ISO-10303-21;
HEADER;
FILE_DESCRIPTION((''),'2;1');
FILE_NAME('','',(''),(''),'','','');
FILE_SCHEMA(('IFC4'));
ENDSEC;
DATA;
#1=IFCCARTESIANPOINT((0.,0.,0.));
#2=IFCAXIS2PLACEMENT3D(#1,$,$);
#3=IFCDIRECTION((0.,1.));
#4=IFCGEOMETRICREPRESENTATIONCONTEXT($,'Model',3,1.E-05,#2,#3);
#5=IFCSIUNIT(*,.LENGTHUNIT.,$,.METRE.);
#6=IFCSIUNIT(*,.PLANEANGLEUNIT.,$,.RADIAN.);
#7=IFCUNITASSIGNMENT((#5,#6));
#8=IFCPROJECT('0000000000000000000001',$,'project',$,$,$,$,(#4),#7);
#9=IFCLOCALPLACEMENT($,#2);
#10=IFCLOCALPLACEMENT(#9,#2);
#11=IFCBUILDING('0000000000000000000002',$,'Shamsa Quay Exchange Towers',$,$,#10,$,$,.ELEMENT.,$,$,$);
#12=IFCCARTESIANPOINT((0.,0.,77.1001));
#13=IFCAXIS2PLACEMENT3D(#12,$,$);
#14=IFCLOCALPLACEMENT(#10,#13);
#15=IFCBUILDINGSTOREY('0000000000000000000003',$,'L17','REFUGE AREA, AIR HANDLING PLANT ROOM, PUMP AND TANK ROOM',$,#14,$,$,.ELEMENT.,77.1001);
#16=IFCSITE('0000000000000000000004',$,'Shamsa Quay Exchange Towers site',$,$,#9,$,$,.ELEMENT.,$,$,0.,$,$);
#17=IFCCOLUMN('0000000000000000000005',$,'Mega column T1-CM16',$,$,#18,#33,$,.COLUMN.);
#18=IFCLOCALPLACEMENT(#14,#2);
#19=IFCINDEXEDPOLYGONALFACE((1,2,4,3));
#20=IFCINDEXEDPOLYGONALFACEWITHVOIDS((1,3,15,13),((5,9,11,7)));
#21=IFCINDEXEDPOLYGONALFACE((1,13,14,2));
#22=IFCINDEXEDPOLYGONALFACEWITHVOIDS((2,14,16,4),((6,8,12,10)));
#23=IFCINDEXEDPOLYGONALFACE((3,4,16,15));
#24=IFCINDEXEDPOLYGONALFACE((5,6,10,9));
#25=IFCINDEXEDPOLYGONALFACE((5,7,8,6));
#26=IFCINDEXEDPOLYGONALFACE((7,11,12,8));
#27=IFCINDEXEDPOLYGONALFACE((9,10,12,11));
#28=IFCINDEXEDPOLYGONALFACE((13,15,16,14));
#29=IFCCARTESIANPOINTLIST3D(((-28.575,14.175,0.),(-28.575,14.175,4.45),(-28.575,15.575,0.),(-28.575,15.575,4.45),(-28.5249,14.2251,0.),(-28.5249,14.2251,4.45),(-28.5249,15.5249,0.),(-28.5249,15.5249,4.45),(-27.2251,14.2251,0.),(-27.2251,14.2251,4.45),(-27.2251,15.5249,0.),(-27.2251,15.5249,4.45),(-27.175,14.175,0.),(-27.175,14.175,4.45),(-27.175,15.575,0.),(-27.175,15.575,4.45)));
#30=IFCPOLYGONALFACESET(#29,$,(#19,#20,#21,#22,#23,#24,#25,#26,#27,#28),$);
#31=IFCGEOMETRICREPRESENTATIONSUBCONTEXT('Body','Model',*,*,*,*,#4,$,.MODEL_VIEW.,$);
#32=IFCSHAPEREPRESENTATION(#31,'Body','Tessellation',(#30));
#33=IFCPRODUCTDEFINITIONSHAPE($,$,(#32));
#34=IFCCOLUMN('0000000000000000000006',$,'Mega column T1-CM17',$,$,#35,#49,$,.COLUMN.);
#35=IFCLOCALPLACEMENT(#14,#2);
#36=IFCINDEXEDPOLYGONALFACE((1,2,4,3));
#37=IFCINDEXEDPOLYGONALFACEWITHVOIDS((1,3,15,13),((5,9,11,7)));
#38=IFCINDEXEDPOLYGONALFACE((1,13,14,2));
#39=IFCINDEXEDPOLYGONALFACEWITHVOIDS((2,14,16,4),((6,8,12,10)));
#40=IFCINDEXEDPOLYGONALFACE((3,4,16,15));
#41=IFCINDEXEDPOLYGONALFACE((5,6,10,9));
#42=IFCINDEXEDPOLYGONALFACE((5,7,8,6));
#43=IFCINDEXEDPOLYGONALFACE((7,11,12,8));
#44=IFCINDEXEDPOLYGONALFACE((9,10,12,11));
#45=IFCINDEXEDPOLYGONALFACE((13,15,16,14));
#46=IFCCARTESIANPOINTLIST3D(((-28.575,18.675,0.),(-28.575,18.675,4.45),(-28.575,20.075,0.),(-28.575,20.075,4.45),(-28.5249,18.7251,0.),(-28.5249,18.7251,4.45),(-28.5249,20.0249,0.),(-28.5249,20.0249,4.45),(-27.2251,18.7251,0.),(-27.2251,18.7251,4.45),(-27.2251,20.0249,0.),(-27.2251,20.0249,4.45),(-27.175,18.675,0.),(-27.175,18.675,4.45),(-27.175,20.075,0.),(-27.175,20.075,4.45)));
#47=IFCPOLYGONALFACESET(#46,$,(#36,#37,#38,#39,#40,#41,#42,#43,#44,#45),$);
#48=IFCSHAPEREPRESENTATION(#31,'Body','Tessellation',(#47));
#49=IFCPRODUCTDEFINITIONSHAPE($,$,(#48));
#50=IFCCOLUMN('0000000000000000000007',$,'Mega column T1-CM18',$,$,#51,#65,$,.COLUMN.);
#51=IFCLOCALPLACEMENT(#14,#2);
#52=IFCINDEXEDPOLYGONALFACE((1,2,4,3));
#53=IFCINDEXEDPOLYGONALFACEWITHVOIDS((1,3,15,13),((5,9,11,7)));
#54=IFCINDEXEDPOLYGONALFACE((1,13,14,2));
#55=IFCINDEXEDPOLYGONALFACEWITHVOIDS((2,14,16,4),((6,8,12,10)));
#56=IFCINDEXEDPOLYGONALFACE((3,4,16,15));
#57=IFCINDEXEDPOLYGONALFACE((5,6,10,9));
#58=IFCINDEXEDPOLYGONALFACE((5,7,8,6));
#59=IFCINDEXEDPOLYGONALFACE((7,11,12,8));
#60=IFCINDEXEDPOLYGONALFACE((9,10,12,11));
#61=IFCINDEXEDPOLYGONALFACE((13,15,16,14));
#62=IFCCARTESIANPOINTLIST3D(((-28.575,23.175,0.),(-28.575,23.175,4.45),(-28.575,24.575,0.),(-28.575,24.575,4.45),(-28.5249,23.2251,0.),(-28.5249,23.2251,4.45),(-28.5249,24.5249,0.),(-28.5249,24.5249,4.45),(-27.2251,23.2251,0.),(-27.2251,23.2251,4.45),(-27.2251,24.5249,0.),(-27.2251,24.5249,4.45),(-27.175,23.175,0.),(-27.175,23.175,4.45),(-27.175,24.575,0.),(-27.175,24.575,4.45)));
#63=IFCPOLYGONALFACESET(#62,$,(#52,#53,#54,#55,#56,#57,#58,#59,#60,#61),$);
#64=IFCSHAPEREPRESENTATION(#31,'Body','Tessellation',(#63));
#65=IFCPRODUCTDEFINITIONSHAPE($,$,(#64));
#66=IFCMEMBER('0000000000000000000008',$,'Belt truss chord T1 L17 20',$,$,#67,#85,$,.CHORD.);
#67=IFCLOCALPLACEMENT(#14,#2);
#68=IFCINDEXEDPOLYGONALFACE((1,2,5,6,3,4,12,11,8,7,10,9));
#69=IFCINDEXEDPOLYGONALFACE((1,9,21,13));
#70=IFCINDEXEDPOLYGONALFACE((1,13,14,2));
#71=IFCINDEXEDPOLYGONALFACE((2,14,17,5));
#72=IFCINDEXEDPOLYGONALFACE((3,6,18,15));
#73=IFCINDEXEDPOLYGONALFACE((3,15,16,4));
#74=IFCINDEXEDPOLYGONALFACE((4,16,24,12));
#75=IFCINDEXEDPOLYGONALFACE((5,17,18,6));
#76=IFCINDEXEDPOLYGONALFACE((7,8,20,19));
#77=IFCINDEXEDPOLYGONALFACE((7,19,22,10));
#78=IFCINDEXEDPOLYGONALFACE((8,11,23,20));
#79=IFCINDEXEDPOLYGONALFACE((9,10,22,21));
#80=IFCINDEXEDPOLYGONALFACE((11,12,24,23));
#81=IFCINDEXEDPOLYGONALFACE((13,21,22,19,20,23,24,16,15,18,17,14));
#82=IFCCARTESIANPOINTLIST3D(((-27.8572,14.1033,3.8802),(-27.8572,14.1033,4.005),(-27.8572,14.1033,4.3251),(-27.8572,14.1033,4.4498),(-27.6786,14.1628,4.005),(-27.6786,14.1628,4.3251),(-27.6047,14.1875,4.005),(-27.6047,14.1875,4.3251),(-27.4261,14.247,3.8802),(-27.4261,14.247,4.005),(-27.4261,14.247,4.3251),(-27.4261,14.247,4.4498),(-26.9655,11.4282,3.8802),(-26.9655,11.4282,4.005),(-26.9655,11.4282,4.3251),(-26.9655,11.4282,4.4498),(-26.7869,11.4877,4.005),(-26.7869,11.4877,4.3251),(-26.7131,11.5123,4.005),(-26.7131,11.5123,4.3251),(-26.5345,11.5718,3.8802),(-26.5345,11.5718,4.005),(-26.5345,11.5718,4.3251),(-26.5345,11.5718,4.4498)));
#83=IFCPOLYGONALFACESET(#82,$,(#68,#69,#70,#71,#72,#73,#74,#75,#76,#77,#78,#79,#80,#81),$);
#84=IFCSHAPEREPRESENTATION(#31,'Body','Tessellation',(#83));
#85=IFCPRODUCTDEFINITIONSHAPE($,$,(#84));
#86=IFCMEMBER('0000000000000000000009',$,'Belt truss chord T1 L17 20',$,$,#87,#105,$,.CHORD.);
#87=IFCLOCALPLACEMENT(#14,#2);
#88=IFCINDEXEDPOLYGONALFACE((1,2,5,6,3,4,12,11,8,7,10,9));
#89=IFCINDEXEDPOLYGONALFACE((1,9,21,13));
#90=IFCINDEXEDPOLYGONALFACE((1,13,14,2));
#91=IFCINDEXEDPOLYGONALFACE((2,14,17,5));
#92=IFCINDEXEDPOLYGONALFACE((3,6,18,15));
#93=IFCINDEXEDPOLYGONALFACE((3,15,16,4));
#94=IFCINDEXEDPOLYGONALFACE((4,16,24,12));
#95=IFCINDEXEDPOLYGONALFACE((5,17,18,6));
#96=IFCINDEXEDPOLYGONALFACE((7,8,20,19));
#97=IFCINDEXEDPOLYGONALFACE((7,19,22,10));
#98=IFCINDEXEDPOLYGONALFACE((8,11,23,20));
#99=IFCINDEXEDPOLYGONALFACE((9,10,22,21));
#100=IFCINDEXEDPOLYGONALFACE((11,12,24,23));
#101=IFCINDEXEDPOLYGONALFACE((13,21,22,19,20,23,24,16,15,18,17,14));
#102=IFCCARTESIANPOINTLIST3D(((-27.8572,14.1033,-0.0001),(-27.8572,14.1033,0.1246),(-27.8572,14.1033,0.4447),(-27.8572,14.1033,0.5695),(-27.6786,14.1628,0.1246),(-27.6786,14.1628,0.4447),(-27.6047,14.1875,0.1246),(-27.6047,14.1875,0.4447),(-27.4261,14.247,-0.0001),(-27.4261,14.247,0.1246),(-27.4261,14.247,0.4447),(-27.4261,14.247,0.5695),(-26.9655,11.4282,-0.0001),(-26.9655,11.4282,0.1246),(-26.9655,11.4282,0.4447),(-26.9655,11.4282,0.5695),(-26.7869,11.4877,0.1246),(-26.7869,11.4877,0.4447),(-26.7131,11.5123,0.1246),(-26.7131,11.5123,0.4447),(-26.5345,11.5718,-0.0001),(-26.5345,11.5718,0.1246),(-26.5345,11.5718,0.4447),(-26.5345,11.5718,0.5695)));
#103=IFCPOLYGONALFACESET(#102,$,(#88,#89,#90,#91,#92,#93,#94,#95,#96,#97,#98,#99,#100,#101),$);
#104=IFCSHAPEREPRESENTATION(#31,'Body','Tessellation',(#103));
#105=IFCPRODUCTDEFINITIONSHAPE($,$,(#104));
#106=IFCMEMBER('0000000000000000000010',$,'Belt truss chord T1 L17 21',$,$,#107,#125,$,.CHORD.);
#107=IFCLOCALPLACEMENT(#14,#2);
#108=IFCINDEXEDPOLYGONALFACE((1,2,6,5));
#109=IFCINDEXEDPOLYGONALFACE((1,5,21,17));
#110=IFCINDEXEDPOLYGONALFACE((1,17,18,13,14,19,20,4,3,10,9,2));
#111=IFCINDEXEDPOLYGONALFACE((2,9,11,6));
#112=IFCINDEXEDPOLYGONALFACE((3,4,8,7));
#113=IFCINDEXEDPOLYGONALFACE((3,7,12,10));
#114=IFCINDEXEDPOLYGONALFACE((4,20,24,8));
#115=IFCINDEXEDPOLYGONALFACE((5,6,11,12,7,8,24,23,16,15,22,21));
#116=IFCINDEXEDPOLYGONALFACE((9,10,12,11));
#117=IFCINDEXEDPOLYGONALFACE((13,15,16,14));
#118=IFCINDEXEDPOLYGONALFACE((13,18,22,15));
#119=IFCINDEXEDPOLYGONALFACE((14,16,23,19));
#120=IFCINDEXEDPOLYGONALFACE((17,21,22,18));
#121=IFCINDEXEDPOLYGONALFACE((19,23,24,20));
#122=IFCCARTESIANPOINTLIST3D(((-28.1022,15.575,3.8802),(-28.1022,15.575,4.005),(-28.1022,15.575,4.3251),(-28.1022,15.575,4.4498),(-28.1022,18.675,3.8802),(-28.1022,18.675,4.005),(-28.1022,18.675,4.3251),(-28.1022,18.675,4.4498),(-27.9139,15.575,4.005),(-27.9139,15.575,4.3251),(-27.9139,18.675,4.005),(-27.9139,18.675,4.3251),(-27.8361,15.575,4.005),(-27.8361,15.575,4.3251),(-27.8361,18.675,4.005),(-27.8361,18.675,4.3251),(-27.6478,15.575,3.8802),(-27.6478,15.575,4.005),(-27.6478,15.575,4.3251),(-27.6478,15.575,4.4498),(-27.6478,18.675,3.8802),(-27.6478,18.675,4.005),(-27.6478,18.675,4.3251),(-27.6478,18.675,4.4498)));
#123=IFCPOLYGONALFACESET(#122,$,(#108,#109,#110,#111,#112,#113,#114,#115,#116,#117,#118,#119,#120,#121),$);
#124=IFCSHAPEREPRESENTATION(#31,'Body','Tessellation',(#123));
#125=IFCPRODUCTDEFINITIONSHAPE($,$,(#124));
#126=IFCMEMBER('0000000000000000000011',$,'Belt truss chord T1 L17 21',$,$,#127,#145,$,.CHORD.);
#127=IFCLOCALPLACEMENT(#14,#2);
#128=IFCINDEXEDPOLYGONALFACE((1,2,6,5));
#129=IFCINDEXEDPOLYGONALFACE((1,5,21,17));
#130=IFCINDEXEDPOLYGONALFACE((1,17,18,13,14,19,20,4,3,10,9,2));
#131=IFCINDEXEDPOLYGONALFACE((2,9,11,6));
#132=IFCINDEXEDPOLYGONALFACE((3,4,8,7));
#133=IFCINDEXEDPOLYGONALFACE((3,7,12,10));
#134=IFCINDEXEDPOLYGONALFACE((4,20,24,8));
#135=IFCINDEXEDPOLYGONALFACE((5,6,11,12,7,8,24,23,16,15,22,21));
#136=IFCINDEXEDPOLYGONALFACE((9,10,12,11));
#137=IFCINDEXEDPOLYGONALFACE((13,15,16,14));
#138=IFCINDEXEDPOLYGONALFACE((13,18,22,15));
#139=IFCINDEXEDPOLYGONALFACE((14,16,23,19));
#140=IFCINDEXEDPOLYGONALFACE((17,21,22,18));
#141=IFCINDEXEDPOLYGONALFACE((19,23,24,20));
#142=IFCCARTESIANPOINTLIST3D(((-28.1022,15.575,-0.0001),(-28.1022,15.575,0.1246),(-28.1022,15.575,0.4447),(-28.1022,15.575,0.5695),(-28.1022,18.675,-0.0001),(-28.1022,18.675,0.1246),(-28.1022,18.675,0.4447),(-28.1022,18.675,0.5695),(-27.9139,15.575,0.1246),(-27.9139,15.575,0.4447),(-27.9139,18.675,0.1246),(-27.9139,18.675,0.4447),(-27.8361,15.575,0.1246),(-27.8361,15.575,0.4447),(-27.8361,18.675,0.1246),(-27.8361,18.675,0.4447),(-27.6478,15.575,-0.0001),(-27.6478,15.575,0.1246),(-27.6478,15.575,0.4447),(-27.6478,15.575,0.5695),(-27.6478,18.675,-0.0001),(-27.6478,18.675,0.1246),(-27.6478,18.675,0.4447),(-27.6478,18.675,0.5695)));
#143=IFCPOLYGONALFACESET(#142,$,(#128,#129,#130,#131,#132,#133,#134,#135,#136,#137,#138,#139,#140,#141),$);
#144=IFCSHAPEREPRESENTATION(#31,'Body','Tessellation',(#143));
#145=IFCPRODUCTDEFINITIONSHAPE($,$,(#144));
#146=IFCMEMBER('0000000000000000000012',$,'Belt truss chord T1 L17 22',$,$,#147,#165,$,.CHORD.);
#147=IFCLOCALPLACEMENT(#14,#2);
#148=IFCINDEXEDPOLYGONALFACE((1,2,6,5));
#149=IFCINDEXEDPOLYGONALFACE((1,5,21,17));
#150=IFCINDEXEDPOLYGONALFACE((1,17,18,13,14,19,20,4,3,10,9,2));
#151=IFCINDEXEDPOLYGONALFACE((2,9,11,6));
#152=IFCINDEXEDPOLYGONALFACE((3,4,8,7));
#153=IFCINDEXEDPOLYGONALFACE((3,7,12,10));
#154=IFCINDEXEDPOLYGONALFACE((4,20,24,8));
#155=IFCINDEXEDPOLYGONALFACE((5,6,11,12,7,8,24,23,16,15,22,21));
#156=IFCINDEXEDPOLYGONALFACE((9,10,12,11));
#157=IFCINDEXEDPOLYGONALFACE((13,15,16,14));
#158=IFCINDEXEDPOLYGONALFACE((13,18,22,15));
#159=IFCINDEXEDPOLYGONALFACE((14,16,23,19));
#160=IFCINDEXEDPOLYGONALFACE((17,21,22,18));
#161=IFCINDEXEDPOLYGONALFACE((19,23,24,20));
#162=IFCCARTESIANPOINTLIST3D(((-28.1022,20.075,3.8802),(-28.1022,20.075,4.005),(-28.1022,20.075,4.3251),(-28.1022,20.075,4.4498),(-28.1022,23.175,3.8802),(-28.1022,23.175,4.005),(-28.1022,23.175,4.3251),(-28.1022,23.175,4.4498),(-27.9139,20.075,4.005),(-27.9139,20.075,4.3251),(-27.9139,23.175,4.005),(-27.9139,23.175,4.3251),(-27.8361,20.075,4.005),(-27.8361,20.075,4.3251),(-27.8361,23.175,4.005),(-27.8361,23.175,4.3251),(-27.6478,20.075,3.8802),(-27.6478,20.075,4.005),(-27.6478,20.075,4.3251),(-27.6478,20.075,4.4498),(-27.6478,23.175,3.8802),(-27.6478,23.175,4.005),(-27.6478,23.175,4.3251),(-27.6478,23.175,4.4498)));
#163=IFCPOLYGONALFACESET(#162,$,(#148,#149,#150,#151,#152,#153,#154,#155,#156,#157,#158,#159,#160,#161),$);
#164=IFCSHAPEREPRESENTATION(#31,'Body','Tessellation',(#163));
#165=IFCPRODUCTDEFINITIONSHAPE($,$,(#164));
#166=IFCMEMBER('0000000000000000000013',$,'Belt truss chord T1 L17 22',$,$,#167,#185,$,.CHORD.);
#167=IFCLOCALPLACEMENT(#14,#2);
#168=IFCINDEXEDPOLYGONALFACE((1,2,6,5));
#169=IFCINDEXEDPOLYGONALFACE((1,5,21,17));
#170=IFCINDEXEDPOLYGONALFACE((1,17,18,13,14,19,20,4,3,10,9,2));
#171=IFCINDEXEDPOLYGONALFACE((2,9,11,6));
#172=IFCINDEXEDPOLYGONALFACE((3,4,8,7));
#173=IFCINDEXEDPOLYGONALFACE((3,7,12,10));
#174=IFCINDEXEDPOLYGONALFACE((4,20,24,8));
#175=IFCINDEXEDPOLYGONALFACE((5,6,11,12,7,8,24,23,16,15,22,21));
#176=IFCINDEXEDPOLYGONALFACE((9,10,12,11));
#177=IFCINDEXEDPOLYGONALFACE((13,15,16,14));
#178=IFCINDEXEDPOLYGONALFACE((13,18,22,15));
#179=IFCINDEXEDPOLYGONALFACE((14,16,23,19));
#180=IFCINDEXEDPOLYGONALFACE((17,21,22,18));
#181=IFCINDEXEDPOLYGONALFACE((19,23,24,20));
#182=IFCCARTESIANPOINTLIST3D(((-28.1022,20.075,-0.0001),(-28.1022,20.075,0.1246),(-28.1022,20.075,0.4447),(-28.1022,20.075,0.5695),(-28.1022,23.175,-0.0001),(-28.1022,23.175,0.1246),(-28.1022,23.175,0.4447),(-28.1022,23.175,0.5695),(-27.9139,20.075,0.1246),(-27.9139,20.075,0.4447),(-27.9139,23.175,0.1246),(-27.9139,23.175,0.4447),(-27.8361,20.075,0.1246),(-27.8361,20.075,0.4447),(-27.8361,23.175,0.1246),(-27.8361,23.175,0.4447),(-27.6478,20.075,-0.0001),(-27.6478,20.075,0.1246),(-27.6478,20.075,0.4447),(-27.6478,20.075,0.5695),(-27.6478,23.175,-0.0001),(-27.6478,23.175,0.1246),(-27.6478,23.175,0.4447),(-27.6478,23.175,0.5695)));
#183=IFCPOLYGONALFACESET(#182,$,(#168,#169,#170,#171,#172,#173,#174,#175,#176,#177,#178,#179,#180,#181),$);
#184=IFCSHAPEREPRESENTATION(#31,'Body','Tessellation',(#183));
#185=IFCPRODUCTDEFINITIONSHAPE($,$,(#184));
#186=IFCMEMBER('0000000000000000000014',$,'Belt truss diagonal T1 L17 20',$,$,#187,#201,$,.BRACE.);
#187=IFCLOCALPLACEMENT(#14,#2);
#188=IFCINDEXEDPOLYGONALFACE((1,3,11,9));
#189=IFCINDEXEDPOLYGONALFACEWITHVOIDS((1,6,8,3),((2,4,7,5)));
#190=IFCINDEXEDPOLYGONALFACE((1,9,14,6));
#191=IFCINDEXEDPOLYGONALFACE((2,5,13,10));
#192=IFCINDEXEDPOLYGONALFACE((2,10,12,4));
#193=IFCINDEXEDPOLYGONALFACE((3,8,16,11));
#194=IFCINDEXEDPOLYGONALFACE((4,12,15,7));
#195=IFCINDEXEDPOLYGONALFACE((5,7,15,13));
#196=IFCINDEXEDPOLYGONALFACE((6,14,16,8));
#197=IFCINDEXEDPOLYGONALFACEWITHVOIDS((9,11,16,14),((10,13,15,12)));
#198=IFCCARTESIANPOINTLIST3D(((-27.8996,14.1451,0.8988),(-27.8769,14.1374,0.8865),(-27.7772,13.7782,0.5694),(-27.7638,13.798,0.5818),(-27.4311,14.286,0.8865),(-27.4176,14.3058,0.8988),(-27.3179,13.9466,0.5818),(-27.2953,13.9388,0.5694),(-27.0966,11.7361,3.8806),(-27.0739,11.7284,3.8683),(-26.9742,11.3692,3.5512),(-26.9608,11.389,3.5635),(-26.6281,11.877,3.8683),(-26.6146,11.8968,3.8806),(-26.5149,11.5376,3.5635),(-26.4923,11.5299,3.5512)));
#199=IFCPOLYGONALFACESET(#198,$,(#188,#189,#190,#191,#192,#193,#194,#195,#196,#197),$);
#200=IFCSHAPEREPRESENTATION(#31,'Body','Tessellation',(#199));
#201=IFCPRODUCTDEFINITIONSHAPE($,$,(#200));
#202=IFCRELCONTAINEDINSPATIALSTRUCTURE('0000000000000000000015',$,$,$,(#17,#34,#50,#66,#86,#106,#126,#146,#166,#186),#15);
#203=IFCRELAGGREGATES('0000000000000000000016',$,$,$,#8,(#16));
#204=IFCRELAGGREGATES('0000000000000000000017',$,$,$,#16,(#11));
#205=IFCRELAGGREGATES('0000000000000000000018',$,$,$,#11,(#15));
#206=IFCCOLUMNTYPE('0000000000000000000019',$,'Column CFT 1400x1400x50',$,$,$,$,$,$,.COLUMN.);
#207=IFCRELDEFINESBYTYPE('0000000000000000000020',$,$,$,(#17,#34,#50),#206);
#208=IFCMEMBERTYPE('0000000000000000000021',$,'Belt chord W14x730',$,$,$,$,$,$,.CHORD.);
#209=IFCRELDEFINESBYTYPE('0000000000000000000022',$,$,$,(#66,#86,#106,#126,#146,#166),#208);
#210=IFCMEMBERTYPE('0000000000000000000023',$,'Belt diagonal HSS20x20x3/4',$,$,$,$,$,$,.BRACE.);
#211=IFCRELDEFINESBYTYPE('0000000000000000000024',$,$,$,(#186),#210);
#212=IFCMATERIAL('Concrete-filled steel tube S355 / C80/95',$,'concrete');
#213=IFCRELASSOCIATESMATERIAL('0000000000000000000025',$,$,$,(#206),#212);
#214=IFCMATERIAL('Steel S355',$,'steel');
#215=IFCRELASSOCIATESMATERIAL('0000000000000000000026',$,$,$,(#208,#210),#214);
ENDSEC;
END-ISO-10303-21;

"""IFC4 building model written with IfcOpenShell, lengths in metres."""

from ifc_helpers import new_model, si_unit, direction, frame, origin, origin_2d, place, context, subcontext, project, spatial, hollow_rectangle, i_section, extrude, material, material_profile, profile_set, type_object, element, save


model = new_model("IFC4")

# Units and contexts
model_context = context("Model", 3, precision=1e-05, world=origin(), true_north=direction((0.0, 1.0)))
body_context = subcontext(model_context, "Body", "Model", "MODEL_VIEW")
ifc_project = project(units=[si_unit("LENGTHUNIT", "METRE"), si_unit("PLANEANGLEUNIT", "RADIAN")], contexts=[model_context])

# Site, building, storey
site_placement = place(None, origin())
site = spatial("IfcSite", under=ifc_project, at=site_placement, Name="Shamsa Quay Exchange Towers site", CompositionType="ELEMENT", RefElevation=0.0)
building_placement = place(site_placement, origin())
building = spatial("IfcBuilding", under=site, at=building_placement, Name="Shamsa Quay Exchange Towers", CompositionType="ELEMENT")
storey_placement = place(building_placement, frame((0.0, 0.0, 77.1001)))
storey = spatial("IfcBuildingStorey", under=building, at=storey_placement, Name="L17", Description="REFUGE AREA, AIR HANDLING PLANT ROOM, PUMP AND TANK ROOM", CompositionType="ELEMENT", Elevation=77.1001)

# Columns
ifc_material_1 = material(Name="Concrete-filled steel tube S355 / C80/95", Category="concrete")
ifc_material_profile_1 = material_profile(ifc_material_1, hollow_rectangle(XDim=1.3999, YDim=1.3999, WallThickness=0.05, at=origin_2d()), Name="CFT 1400x1400x50")
ifc_profile_set_1 = profile_set([ifc_material_profile_1], Name="Concrete-filled steel tube S355 / C80/95")
column_type = type_object("IfcColumnType", Name="Column CFT 1400x1400x50", PredefinedType="COLUMN", material=ifc_profile_set_1)
for number, where, name in (
    (1, (-27.875, 14.875, 0.0), "Mega column T1-CM16"),
    (2, (-27.875, 19.375, 0.0), "Mega column T1-CM17"),
    (3, (-27.875, 23.875, 0.0), "Mega column T1-CM18"),
):
    element("IfcColumn", number, at=place(storey_placement, frame(where)), inside=storey, type_object=column_type, Name=name, PredefinedType="COLUMN", context=body_context, shape_type="SweptSolid", body=[
        extrude(hollow_rectangle(XDim=1.3999, YDim=1.3999, WallThickness=0.05, at=origin_2d()), origin(), (0.0, 0.0, 1.0), 4.45),
    ])

# Members
ifc_material_2 = material(Name="Steel S355", Category="steel")
ifc_material_profile_2 = material_profile(ifc_material_2, i_section(OverallWidth=0.4543, OverallDepth=0.5696, WebThickness=0.0779, FlangeThickness=0.1248, at=origin_2d()), Name="W14x730")
ifc_profile_set_2 = profile_set([ifc_material_profile_2], Name="Steel S355")
member_type_1 = type_object("IfcMemberType", Name="Belt chord W14x730", PredefinedType="CHORD", material=ifc_profile_set_2)
for number, where, z_axis, x_axis, name in (
    (4, (-26.75, 11.5, 4.165), (-0.316202, 0.948692, 0.0), (-0.948692, -0.316202, 0.0), "Belt truss chord T1 L17 20"),
    (5, (-26.75, 11.5, 0.2847), (-0.316202, 0.948692, 0.0), (-0.948692, -0.316202, 0.0), "Belt truss chord T1 L17 20"),
):
    element("IfcMember", number, at=place(storey_placement, frame(where, z_axis=z_axis, x_axis=x_axis)), inside=storey, type_object=member_type_1, Name=name, PredefinedType="CHORD", context=body_context, shape_type="SweptSolid", body=[
        extrude(i_section(OverallWidth=0.4543, OverallDepth=0.5696, WebThickness=0.0779, FlangeThickness=0.1248, at=origin_2d()), origin(), (0.0, 0.0, 1.0), 2.8198),
    ])
for number, where, z_axis, x_axis, name in (
    (6, (-27.875, 15.575, 4.165), (0.0, 1.0, 0.0), (-1.0, 0.0, 0.0), "Belt truss chord T1 L17 21"),
    (7, (-27.875, 15.575, 0.2847), (0.0, 1.0, 0.0), (-1.0, 0.0, 0.0), "Belt truss chord T1 L17 21"),
    (8, (-27.875, 20.075, 4.165), (0.0, 1.0, 0.0), (-1.0, 0.0, 0.0), "Belt truss chord T1 L17 22"),
    (9, (-27.875, 20.075, 0.2847), (0.0, 1.0, 0.0), (-1.0, 0.0, 0.0), "Belt truss chord T1 L17 22"),
):
    element("IfcMember", number, at=place(storey_placement, frame(where, z_axis=z_axis, x_axis=x_axis)), inside=storey, type_object=member_type_1, Name=name, PredefinedType="CHORD", context=body_context, shape_type="SweptSolid", body=[
        extrude(i_section(OverallWidth=0.4543, OverallDepth=0.5696, WebThickness=0.0779, FlangeThickness=0.1248, at=origin_2d()), origin(), (0.0, 0.0, 1.0), 3.1001),
    ])
ifc_material_profile_3 = material_profile(ifc_material_2, hollow_rectangle(XDim=0.5081, YDim=0.5081, WallThickness=0.019, at=origin_2d()), Name="HSS20x20x3/4")
ifc_profile_set_3 = profile_set([ifc_material_profile_3], Name="Steel S355")
member_type_2 = type_object("IfcMemberType", Name="Belt diagonal HSS20x20x3/4", PredefinedType="BRACE", material=ifc_profile_set_3)
member_placement = place(storey_placement, frame((-27.5974, 14.042, 0.7341), z_axis=(0.20503, -0.615089, 0.761334), x_axis=(0.948683, 0.316228, 0.0)))
element("IfcMember", 10, at=member_placement, inside=storey, type_object=member_type_2, Name="Belt truss diagonal T1 L17 20", PredefinedType="BRACE", context=body_context, shape_type="SweptSolid", body=[
    extrude(hollow_rectangle(XDim=0.5081, YDim=0.5081, WallThickness=0.019, at=origin_2d()), origin(), (0.0, 0.0, 1.0), 3.9165),
])

save(model, "model.ifc")
